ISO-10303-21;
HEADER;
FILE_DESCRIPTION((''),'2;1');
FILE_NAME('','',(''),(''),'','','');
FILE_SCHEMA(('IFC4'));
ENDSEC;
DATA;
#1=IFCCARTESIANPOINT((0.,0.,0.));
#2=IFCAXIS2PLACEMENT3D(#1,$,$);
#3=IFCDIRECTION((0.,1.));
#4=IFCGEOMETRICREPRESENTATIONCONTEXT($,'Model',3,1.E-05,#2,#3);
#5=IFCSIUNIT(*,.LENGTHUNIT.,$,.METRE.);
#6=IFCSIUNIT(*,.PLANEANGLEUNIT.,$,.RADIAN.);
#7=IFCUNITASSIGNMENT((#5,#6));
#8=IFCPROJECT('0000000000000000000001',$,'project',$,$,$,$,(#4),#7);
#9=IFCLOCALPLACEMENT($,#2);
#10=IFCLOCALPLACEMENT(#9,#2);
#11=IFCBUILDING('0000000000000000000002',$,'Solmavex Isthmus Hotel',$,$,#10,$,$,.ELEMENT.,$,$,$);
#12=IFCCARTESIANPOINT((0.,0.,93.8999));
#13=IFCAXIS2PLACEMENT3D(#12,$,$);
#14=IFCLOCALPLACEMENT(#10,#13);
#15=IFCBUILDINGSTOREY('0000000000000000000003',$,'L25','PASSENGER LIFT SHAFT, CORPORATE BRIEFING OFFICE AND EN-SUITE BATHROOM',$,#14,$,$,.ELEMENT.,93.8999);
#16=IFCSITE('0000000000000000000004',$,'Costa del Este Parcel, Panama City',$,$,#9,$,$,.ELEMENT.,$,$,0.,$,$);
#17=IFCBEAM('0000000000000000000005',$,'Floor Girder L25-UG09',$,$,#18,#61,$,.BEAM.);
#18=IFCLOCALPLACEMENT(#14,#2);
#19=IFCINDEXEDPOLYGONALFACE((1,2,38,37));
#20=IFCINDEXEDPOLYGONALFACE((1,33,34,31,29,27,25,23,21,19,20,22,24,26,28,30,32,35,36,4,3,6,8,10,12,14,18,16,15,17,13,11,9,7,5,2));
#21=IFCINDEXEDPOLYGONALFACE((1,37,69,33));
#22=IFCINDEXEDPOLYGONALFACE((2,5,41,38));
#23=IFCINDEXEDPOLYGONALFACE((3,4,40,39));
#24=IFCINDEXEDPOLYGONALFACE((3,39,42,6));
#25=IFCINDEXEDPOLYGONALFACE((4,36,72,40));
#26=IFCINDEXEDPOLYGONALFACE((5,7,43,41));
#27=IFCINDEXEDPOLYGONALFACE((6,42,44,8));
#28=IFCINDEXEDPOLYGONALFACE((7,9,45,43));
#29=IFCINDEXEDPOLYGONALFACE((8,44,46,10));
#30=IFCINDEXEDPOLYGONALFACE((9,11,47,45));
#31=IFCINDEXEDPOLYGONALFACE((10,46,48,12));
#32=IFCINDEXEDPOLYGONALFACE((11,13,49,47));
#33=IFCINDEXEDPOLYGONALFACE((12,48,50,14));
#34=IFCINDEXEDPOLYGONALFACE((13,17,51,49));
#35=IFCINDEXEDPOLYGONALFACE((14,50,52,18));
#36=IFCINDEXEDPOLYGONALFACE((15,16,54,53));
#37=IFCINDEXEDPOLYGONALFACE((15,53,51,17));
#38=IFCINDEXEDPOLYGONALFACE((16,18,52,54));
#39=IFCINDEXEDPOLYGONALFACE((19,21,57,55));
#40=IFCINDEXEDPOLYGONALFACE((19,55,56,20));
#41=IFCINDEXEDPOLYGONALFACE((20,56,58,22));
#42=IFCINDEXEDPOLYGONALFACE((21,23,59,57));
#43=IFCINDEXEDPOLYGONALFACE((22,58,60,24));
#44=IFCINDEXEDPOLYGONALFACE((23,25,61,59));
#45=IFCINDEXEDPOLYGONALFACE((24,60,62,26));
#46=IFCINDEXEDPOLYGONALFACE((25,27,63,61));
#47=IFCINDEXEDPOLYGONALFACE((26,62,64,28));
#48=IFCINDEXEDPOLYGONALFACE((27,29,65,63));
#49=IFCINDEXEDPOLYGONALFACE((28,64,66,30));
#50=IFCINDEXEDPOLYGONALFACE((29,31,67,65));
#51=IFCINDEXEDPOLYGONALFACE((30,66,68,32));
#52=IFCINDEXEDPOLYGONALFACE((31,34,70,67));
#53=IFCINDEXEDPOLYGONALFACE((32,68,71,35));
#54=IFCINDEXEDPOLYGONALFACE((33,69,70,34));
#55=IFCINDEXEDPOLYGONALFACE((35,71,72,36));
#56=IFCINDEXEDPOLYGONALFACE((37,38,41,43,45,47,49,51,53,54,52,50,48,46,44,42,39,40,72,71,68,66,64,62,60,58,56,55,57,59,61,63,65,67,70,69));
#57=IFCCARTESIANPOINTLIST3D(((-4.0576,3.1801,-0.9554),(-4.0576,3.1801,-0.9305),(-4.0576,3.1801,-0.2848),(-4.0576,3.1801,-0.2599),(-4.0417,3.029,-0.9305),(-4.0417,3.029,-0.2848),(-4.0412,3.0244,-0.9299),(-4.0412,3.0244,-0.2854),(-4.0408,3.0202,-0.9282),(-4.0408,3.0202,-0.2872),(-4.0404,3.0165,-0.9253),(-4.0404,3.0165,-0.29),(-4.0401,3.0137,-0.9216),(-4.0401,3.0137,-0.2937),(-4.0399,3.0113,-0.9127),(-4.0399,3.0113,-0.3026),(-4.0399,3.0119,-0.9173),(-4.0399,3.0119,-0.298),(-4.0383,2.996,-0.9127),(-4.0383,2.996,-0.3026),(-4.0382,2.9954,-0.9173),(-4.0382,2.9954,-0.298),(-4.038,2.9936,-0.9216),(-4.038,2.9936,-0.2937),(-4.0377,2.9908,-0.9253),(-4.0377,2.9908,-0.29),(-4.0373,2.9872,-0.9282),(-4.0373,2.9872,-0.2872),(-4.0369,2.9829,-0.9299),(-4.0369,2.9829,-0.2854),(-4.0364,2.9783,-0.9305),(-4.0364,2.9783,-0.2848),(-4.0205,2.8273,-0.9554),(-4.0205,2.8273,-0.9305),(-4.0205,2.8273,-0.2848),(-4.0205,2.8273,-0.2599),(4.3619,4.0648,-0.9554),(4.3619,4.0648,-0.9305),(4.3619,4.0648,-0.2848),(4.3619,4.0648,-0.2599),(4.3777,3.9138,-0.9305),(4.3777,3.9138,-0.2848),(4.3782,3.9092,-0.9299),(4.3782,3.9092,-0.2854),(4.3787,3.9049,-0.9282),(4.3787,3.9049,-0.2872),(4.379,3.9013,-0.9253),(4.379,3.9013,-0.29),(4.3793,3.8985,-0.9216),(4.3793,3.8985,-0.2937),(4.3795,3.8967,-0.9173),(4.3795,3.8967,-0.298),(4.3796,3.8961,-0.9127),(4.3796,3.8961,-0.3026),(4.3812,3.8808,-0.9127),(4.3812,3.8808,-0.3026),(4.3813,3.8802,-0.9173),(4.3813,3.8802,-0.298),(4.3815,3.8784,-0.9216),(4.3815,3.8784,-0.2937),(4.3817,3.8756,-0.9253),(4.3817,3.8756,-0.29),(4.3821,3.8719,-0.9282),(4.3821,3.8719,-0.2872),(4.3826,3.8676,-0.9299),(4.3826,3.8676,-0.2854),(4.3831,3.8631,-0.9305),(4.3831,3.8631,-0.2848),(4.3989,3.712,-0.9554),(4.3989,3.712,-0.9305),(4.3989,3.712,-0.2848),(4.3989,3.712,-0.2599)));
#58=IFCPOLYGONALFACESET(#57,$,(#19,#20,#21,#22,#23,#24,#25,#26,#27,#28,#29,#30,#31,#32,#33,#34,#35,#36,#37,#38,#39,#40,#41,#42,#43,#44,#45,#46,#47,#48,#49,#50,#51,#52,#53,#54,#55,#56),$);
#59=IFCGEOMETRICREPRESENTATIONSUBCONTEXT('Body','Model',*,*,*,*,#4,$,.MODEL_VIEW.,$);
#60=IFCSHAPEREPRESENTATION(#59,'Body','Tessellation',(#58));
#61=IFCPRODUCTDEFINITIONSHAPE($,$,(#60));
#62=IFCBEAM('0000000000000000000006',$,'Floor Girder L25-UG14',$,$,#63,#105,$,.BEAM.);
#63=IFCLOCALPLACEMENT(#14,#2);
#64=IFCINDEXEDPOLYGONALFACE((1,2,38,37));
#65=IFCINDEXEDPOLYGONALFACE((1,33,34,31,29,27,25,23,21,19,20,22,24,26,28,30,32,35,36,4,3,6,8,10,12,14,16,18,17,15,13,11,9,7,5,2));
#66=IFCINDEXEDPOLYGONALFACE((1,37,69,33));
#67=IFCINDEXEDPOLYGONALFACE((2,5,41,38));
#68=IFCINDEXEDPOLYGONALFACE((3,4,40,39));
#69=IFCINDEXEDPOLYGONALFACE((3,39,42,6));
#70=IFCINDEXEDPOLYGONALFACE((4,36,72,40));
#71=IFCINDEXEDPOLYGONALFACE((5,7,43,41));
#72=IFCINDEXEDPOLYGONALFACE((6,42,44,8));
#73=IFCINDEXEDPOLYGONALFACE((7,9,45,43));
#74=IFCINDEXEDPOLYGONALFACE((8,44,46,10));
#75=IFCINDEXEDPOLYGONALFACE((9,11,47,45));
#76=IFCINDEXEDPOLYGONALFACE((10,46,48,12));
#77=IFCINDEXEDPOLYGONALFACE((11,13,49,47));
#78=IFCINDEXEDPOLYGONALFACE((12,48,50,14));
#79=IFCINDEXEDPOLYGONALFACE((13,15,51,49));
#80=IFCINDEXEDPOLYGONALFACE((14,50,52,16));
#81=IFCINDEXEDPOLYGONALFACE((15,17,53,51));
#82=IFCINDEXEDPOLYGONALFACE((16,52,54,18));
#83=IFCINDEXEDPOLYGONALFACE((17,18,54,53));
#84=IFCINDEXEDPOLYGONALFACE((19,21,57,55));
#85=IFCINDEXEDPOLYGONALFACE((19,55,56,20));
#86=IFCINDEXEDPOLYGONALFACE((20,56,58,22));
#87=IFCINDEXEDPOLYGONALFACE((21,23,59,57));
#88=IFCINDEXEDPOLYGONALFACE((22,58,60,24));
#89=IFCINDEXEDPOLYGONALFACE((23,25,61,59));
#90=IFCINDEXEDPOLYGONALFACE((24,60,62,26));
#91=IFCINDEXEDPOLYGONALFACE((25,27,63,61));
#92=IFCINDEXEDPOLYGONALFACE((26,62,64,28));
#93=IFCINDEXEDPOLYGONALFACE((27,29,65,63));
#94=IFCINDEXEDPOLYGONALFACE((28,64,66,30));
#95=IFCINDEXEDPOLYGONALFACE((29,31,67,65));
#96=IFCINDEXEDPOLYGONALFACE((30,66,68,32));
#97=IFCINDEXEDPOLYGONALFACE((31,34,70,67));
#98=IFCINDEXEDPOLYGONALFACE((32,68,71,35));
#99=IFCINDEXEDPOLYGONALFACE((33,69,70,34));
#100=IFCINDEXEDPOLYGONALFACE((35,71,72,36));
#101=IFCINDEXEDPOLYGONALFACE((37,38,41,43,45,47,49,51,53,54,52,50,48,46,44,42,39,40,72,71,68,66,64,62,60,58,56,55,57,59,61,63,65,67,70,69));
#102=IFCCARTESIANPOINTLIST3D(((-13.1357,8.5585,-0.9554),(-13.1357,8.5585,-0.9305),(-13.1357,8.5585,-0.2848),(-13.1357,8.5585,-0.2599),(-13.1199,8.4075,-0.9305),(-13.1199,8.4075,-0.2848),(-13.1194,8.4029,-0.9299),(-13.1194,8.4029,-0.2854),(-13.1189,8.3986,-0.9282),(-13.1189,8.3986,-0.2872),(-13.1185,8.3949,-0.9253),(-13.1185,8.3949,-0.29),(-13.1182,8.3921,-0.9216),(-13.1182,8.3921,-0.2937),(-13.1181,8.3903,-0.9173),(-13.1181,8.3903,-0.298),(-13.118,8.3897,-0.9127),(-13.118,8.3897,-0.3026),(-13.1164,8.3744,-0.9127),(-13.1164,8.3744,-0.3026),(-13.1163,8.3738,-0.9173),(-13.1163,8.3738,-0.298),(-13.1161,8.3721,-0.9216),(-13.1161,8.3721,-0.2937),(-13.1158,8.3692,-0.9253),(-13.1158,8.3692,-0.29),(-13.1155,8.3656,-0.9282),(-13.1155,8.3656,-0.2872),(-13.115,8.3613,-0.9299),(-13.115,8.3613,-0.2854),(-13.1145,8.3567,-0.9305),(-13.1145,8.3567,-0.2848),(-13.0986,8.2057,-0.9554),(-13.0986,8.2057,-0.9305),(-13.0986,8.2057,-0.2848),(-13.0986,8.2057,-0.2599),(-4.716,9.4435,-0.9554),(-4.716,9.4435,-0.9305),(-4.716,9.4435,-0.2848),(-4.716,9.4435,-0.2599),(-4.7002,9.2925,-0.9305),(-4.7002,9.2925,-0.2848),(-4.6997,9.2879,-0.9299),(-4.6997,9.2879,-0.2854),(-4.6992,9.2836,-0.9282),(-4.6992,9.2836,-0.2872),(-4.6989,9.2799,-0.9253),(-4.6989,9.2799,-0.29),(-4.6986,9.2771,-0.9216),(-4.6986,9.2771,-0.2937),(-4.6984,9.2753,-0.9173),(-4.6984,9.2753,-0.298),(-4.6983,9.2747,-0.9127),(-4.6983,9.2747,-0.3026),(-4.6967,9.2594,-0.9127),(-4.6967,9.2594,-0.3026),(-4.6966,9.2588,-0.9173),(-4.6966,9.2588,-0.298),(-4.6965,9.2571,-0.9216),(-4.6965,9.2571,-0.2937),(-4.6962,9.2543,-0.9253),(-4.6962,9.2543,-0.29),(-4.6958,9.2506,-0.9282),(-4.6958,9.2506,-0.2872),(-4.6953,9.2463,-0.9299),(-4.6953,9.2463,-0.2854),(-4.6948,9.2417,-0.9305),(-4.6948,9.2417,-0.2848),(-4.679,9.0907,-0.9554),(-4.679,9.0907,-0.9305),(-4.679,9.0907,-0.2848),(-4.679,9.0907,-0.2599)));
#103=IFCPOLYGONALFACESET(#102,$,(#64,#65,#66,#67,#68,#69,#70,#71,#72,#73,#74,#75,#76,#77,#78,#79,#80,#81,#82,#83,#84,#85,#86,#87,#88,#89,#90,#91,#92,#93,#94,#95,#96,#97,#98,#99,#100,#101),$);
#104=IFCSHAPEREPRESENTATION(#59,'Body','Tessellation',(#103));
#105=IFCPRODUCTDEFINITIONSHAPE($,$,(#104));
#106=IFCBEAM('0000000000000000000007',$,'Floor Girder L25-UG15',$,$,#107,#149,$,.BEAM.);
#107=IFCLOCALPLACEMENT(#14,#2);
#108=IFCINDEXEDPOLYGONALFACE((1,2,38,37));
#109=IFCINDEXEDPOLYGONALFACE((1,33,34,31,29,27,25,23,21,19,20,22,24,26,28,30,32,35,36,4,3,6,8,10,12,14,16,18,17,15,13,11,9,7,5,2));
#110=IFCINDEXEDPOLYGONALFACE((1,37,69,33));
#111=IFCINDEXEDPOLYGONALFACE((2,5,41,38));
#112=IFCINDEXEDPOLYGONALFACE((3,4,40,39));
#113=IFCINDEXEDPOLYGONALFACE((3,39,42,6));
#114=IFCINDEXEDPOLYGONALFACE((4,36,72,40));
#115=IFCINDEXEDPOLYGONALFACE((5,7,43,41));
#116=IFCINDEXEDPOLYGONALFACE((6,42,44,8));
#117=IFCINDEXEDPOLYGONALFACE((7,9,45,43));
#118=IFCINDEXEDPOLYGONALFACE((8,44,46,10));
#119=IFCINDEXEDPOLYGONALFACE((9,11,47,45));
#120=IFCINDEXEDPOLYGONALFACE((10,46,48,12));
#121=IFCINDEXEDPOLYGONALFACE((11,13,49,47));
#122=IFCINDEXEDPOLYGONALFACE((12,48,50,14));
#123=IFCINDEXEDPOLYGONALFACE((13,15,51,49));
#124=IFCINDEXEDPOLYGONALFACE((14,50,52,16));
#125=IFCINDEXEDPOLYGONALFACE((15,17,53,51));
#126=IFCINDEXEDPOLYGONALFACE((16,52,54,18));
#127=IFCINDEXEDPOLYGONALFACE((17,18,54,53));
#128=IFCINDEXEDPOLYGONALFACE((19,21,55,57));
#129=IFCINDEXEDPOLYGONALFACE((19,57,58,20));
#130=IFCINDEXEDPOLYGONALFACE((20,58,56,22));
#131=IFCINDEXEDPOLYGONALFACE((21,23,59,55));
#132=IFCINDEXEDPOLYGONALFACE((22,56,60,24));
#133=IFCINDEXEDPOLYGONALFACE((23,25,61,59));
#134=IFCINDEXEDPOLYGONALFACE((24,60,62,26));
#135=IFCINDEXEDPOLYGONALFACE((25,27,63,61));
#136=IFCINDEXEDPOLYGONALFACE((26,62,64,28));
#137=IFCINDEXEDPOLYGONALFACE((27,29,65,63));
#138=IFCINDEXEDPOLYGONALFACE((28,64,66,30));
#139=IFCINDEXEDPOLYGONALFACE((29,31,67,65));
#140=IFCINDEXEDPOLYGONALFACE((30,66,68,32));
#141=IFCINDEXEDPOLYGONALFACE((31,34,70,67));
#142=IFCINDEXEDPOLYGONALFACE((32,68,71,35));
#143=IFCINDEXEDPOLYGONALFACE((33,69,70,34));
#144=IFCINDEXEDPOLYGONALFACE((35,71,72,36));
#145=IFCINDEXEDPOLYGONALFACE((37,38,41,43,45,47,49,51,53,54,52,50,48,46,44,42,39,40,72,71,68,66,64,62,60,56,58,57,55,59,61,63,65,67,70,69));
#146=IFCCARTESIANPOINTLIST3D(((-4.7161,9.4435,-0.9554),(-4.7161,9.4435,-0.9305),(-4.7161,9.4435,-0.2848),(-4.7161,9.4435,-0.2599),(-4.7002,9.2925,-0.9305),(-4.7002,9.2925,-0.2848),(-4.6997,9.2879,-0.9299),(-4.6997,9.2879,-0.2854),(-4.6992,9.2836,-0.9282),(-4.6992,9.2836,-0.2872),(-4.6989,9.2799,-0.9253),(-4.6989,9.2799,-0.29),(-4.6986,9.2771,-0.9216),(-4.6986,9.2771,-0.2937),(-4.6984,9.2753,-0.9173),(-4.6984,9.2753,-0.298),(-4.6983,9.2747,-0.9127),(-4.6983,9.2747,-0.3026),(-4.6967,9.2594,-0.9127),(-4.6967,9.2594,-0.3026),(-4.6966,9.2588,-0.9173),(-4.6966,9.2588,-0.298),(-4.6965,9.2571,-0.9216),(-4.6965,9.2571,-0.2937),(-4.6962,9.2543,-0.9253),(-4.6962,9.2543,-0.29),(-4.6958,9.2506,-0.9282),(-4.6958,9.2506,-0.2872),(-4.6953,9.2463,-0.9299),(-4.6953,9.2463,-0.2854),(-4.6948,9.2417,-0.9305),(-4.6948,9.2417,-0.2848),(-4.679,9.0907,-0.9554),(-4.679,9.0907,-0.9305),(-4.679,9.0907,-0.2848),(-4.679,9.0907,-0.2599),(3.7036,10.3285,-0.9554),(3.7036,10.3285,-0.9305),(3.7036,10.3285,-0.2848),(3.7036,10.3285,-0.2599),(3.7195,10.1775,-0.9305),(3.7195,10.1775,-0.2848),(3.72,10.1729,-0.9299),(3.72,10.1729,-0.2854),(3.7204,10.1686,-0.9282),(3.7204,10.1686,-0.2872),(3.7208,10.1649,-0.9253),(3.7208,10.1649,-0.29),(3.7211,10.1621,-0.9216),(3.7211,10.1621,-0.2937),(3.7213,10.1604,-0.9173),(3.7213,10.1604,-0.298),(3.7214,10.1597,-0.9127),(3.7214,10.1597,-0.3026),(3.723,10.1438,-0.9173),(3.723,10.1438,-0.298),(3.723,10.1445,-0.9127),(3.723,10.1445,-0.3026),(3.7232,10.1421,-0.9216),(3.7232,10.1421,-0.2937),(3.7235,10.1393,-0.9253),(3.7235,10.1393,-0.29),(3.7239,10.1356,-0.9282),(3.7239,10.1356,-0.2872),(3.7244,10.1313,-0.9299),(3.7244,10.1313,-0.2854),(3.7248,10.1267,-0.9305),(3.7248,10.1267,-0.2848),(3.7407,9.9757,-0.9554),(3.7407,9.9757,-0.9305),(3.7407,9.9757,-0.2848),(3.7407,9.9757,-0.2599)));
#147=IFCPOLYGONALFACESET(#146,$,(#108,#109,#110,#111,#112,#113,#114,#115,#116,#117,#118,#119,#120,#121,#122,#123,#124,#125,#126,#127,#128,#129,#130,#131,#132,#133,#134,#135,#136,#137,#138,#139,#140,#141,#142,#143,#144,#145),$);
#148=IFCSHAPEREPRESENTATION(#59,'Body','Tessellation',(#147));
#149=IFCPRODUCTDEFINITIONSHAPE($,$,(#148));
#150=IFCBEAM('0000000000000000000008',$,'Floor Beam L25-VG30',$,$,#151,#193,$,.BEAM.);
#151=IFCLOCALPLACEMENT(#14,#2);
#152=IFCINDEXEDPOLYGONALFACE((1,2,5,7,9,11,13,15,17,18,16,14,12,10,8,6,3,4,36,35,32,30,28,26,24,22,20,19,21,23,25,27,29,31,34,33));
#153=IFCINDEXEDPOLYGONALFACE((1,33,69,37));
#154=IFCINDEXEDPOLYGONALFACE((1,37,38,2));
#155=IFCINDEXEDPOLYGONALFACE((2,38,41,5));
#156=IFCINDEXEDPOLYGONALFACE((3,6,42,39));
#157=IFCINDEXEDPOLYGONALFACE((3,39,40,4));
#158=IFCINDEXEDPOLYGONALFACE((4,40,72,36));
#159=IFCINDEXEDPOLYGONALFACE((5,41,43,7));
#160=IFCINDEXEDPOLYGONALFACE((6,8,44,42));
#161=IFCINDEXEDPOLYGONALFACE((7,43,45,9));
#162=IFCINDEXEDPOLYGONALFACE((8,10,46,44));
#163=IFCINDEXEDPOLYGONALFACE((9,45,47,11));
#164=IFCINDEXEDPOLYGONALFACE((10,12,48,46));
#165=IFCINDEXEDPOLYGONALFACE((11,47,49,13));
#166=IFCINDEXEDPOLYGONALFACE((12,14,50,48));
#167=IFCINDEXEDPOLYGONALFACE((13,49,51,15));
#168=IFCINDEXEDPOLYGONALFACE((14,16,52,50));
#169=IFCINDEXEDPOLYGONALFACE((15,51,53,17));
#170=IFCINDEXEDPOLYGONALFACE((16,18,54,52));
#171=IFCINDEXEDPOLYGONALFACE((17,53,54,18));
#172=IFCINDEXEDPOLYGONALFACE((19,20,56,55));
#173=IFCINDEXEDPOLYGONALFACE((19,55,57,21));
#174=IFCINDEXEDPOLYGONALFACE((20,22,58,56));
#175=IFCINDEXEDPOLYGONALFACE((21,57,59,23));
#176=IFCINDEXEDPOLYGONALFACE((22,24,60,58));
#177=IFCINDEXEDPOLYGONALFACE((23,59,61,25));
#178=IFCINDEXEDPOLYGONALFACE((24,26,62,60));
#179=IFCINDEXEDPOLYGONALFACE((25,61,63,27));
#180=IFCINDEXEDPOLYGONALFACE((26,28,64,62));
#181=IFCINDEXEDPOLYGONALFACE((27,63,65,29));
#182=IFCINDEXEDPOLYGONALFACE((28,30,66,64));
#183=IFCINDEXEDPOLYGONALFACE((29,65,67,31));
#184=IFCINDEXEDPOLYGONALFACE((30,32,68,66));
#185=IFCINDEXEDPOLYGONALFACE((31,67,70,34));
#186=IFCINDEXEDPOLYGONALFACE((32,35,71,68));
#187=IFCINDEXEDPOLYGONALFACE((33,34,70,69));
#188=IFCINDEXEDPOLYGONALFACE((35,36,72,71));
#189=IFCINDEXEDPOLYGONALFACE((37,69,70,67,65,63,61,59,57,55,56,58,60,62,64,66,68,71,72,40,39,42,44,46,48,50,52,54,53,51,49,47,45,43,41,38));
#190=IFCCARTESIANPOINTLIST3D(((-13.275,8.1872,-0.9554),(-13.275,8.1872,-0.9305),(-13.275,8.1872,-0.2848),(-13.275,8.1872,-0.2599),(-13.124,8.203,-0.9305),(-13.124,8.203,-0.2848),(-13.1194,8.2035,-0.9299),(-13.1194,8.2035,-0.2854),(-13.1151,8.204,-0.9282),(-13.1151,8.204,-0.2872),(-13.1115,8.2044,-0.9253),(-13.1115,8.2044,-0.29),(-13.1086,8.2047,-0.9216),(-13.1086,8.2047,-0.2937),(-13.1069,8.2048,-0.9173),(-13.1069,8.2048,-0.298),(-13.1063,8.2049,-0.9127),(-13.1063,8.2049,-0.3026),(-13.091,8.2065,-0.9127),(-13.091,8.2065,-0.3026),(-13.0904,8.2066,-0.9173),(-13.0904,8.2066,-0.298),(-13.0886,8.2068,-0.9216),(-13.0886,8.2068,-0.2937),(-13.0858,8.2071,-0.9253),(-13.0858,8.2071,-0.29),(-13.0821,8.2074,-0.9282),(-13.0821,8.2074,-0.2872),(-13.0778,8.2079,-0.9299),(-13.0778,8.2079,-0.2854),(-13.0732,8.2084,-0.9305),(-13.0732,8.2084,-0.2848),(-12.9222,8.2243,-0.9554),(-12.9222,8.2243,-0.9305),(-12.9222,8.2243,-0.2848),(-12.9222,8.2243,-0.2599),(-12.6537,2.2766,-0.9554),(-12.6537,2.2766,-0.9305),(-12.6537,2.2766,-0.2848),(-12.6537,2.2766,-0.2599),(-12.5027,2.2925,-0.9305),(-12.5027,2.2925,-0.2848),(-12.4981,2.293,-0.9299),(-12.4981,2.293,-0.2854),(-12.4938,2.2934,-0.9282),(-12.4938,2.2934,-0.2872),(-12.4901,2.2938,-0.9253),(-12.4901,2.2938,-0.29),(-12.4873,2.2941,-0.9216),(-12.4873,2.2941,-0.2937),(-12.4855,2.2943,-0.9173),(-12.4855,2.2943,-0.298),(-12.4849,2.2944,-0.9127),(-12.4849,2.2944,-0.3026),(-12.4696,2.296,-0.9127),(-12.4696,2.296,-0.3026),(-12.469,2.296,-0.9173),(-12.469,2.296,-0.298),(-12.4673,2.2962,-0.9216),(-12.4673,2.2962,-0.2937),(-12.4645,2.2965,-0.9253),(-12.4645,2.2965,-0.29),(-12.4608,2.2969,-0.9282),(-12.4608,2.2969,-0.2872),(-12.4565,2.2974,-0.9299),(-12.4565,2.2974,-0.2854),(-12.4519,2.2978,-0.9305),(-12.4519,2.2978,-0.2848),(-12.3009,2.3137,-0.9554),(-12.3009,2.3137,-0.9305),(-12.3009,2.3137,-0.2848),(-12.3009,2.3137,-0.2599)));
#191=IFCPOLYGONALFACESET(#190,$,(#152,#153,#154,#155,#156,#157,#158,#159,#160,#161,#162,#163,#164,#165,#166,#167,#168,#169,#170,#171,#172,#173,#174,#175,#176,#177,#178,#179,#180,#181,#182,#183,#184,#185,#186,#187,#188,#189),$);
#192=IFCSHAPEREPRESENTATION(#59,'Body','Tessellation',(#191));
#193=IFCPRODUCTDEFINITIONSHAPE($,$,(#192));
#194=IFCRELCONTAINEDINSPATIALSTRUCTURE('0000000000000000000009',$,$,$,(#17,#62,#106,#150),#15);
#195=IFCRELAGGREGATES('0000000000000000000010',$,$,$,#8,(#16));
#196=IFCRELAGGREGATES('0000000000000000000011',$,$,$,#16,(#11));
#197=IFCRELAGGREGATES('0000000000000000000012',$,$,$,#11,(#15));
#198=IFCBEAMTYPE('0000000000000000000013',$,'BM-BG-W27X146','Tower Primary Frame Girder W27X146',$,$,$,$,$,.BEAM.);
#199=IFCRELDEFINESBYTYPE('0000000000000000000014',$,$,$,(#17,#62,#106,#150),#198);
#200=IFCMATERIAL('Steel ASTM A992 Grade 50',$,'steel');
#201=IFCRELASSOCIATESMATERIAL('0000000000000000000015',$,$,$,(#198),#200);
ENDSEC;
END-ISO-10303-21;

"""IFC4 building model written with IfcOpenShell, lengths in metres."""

from ifc_helpers import new_model, si_unit, direction, frame, origin, origin_2d, place, context, subcontext, project, spatial, i_section, extrude, material, material_profile, profile_set, type_object, element, save


model = new_model("IFC4")

# Units and contexts
model_context = context("Model", 3, precision=1e-05, world=origin(), true_north=direction((0.0, 1.0)))
body_context = subcontext(model_context, "Body", "Model", "MODEL_VIEW")
ifc_project = project(units=[si_unit("LENGTHUNIT", "METRE"), si_unit("PLANEANGLEUNIT", "RADIAN")], contexts=[model_context])

# Site, building, storey
site_placement = place(None, origin())
site = spatial("IfcSite", under=ifc_project, at=site_placement, Name="Costa del Este Parcel, Panama City", CompositionType="ELEMENT", RefElevation=0.0)
building_placement = place(site_placement, origin())
building = spatial("IfcBuilding", under=site, at=building_placement, Name="Solmavex Isthmus Hotel", CompositionType="ELEMENT")
storey_placement = place(building_placement, frame((0.0, 0.0, 93.8999)))
storey = spatial("IfcBuildingStorey", under=building, at=storey_placement, Name="L25", Description="PASSENGER LIFT SHAFT, CORPORATE BRIEFING OFFICE AND EN-SUITE BATHROOM", CompositionType="ELEMENT", Elevation=93.8999)

# Beams
ifc_material_1 = material(Name="Steel ASTM A992 Grade 50", Category="steel")
ifc_material_profile_1 = material_profile(ifc_material_1, i_section(OverallWidth=0.3547, OverallDepth=0.6956, WebThickness=0.0154, FlangeThickness=0.0249, FilletRadius=0.0178, at=origin_2d()), Name="W27X146")
ifc_profile_set_1 = profile_set([ifc_material_profile_1], Name="Steel ASTM A992 Grade 50")
beam_type_1 = type_object("IfcBeamType", Name="BM-BG-W27X146", Description="Tower Primary Frame Girder W27X146", PredefinedType="BEAM", material=ifc_profile_set_1)
beam_1_placement = place(storey_placement, frame((-4.0391, 3.0037, -0.6077), z_axis=(0.994524, 0.104511, 0.0), x_axis=(-0.104511, 0.994524, 0.0)))
element("IfcBeam", 1, at=beam_1_placement, inside=storey, type_object=beam_type_1, Name="Floor Girder L25-UG09", PredefinedType="BEAM", context=body_context, shape_type="SweptSolid", body=[
    extrude(i_section(OverallWidth=0.3547, OverallDepth=0.6956, WebThickness=0.0154, FlangeThickness=0.0249, FilletRadius=0.0178, at=origin_2d()), origin(), (0.0, 0.0, 1.0), 8.4658),
])
for number, where, z_axis, x_axis, name in (
    (2, (-13.1172, 8.3821, -0.6077), (0.994521, 0.104536, 0.0), (-0.104536, 0.994521, 0.0), "Floor Girder L25-UG14"),
    (3, (-4.6975, 9.2671, -0.6077), (0.994521, 0.104536, 0.0), (-0.104536, 0.994521, 0.0), "Floor Girder L25-UG15"),
):
    element("IfcBeam", number, at=place(storey_placement, frame(where, z_axis=z_axis, x_axis=x_axis)), inside=storey, type_object=beam_type_1, Name=name, PredefinedType="BEAM", context=body_context, shape_type="SweptSolid", body=[
        extrude(i_section(OverallWidth=0.3547, OverallDepth=0.6956, WebThickness=0.0154, FlangeThickness=0.0249, FilletRadius=0.0178, at=origin_2d()), origin(), (0.0, 0.0, 1.0), 8.4661),
    ])
for number, where, z_axis, x_axis, name in (
    (4, (-12.4773, 2.2952, -0.6077), (-0.104546, 0.99452, 0.0), (-0.99452, -0.104546, 0.0), "Floor Beam L25-VG30"),
):
    element("IfcBeam", number, at=place(storey_placement, frame(where, z_axis=z_axis, x_axis=x_axis)), inside=storey, type_object=beam_type_1, Name=name, PredefinedType="BEAM", context=body_context, shape_type="SweptSolid", body=[
        extrude(i_section(OverallWidth=0.3547, OverallDepth=0.6956, WebThickness=0.0154, FlangeThickness=0.0249, FilletRadius=0.0178, at=origin_2d()), origin(), (0.0, 0.0, 1.0), 5.9431),
    ])

save(model, "model.ifc")
